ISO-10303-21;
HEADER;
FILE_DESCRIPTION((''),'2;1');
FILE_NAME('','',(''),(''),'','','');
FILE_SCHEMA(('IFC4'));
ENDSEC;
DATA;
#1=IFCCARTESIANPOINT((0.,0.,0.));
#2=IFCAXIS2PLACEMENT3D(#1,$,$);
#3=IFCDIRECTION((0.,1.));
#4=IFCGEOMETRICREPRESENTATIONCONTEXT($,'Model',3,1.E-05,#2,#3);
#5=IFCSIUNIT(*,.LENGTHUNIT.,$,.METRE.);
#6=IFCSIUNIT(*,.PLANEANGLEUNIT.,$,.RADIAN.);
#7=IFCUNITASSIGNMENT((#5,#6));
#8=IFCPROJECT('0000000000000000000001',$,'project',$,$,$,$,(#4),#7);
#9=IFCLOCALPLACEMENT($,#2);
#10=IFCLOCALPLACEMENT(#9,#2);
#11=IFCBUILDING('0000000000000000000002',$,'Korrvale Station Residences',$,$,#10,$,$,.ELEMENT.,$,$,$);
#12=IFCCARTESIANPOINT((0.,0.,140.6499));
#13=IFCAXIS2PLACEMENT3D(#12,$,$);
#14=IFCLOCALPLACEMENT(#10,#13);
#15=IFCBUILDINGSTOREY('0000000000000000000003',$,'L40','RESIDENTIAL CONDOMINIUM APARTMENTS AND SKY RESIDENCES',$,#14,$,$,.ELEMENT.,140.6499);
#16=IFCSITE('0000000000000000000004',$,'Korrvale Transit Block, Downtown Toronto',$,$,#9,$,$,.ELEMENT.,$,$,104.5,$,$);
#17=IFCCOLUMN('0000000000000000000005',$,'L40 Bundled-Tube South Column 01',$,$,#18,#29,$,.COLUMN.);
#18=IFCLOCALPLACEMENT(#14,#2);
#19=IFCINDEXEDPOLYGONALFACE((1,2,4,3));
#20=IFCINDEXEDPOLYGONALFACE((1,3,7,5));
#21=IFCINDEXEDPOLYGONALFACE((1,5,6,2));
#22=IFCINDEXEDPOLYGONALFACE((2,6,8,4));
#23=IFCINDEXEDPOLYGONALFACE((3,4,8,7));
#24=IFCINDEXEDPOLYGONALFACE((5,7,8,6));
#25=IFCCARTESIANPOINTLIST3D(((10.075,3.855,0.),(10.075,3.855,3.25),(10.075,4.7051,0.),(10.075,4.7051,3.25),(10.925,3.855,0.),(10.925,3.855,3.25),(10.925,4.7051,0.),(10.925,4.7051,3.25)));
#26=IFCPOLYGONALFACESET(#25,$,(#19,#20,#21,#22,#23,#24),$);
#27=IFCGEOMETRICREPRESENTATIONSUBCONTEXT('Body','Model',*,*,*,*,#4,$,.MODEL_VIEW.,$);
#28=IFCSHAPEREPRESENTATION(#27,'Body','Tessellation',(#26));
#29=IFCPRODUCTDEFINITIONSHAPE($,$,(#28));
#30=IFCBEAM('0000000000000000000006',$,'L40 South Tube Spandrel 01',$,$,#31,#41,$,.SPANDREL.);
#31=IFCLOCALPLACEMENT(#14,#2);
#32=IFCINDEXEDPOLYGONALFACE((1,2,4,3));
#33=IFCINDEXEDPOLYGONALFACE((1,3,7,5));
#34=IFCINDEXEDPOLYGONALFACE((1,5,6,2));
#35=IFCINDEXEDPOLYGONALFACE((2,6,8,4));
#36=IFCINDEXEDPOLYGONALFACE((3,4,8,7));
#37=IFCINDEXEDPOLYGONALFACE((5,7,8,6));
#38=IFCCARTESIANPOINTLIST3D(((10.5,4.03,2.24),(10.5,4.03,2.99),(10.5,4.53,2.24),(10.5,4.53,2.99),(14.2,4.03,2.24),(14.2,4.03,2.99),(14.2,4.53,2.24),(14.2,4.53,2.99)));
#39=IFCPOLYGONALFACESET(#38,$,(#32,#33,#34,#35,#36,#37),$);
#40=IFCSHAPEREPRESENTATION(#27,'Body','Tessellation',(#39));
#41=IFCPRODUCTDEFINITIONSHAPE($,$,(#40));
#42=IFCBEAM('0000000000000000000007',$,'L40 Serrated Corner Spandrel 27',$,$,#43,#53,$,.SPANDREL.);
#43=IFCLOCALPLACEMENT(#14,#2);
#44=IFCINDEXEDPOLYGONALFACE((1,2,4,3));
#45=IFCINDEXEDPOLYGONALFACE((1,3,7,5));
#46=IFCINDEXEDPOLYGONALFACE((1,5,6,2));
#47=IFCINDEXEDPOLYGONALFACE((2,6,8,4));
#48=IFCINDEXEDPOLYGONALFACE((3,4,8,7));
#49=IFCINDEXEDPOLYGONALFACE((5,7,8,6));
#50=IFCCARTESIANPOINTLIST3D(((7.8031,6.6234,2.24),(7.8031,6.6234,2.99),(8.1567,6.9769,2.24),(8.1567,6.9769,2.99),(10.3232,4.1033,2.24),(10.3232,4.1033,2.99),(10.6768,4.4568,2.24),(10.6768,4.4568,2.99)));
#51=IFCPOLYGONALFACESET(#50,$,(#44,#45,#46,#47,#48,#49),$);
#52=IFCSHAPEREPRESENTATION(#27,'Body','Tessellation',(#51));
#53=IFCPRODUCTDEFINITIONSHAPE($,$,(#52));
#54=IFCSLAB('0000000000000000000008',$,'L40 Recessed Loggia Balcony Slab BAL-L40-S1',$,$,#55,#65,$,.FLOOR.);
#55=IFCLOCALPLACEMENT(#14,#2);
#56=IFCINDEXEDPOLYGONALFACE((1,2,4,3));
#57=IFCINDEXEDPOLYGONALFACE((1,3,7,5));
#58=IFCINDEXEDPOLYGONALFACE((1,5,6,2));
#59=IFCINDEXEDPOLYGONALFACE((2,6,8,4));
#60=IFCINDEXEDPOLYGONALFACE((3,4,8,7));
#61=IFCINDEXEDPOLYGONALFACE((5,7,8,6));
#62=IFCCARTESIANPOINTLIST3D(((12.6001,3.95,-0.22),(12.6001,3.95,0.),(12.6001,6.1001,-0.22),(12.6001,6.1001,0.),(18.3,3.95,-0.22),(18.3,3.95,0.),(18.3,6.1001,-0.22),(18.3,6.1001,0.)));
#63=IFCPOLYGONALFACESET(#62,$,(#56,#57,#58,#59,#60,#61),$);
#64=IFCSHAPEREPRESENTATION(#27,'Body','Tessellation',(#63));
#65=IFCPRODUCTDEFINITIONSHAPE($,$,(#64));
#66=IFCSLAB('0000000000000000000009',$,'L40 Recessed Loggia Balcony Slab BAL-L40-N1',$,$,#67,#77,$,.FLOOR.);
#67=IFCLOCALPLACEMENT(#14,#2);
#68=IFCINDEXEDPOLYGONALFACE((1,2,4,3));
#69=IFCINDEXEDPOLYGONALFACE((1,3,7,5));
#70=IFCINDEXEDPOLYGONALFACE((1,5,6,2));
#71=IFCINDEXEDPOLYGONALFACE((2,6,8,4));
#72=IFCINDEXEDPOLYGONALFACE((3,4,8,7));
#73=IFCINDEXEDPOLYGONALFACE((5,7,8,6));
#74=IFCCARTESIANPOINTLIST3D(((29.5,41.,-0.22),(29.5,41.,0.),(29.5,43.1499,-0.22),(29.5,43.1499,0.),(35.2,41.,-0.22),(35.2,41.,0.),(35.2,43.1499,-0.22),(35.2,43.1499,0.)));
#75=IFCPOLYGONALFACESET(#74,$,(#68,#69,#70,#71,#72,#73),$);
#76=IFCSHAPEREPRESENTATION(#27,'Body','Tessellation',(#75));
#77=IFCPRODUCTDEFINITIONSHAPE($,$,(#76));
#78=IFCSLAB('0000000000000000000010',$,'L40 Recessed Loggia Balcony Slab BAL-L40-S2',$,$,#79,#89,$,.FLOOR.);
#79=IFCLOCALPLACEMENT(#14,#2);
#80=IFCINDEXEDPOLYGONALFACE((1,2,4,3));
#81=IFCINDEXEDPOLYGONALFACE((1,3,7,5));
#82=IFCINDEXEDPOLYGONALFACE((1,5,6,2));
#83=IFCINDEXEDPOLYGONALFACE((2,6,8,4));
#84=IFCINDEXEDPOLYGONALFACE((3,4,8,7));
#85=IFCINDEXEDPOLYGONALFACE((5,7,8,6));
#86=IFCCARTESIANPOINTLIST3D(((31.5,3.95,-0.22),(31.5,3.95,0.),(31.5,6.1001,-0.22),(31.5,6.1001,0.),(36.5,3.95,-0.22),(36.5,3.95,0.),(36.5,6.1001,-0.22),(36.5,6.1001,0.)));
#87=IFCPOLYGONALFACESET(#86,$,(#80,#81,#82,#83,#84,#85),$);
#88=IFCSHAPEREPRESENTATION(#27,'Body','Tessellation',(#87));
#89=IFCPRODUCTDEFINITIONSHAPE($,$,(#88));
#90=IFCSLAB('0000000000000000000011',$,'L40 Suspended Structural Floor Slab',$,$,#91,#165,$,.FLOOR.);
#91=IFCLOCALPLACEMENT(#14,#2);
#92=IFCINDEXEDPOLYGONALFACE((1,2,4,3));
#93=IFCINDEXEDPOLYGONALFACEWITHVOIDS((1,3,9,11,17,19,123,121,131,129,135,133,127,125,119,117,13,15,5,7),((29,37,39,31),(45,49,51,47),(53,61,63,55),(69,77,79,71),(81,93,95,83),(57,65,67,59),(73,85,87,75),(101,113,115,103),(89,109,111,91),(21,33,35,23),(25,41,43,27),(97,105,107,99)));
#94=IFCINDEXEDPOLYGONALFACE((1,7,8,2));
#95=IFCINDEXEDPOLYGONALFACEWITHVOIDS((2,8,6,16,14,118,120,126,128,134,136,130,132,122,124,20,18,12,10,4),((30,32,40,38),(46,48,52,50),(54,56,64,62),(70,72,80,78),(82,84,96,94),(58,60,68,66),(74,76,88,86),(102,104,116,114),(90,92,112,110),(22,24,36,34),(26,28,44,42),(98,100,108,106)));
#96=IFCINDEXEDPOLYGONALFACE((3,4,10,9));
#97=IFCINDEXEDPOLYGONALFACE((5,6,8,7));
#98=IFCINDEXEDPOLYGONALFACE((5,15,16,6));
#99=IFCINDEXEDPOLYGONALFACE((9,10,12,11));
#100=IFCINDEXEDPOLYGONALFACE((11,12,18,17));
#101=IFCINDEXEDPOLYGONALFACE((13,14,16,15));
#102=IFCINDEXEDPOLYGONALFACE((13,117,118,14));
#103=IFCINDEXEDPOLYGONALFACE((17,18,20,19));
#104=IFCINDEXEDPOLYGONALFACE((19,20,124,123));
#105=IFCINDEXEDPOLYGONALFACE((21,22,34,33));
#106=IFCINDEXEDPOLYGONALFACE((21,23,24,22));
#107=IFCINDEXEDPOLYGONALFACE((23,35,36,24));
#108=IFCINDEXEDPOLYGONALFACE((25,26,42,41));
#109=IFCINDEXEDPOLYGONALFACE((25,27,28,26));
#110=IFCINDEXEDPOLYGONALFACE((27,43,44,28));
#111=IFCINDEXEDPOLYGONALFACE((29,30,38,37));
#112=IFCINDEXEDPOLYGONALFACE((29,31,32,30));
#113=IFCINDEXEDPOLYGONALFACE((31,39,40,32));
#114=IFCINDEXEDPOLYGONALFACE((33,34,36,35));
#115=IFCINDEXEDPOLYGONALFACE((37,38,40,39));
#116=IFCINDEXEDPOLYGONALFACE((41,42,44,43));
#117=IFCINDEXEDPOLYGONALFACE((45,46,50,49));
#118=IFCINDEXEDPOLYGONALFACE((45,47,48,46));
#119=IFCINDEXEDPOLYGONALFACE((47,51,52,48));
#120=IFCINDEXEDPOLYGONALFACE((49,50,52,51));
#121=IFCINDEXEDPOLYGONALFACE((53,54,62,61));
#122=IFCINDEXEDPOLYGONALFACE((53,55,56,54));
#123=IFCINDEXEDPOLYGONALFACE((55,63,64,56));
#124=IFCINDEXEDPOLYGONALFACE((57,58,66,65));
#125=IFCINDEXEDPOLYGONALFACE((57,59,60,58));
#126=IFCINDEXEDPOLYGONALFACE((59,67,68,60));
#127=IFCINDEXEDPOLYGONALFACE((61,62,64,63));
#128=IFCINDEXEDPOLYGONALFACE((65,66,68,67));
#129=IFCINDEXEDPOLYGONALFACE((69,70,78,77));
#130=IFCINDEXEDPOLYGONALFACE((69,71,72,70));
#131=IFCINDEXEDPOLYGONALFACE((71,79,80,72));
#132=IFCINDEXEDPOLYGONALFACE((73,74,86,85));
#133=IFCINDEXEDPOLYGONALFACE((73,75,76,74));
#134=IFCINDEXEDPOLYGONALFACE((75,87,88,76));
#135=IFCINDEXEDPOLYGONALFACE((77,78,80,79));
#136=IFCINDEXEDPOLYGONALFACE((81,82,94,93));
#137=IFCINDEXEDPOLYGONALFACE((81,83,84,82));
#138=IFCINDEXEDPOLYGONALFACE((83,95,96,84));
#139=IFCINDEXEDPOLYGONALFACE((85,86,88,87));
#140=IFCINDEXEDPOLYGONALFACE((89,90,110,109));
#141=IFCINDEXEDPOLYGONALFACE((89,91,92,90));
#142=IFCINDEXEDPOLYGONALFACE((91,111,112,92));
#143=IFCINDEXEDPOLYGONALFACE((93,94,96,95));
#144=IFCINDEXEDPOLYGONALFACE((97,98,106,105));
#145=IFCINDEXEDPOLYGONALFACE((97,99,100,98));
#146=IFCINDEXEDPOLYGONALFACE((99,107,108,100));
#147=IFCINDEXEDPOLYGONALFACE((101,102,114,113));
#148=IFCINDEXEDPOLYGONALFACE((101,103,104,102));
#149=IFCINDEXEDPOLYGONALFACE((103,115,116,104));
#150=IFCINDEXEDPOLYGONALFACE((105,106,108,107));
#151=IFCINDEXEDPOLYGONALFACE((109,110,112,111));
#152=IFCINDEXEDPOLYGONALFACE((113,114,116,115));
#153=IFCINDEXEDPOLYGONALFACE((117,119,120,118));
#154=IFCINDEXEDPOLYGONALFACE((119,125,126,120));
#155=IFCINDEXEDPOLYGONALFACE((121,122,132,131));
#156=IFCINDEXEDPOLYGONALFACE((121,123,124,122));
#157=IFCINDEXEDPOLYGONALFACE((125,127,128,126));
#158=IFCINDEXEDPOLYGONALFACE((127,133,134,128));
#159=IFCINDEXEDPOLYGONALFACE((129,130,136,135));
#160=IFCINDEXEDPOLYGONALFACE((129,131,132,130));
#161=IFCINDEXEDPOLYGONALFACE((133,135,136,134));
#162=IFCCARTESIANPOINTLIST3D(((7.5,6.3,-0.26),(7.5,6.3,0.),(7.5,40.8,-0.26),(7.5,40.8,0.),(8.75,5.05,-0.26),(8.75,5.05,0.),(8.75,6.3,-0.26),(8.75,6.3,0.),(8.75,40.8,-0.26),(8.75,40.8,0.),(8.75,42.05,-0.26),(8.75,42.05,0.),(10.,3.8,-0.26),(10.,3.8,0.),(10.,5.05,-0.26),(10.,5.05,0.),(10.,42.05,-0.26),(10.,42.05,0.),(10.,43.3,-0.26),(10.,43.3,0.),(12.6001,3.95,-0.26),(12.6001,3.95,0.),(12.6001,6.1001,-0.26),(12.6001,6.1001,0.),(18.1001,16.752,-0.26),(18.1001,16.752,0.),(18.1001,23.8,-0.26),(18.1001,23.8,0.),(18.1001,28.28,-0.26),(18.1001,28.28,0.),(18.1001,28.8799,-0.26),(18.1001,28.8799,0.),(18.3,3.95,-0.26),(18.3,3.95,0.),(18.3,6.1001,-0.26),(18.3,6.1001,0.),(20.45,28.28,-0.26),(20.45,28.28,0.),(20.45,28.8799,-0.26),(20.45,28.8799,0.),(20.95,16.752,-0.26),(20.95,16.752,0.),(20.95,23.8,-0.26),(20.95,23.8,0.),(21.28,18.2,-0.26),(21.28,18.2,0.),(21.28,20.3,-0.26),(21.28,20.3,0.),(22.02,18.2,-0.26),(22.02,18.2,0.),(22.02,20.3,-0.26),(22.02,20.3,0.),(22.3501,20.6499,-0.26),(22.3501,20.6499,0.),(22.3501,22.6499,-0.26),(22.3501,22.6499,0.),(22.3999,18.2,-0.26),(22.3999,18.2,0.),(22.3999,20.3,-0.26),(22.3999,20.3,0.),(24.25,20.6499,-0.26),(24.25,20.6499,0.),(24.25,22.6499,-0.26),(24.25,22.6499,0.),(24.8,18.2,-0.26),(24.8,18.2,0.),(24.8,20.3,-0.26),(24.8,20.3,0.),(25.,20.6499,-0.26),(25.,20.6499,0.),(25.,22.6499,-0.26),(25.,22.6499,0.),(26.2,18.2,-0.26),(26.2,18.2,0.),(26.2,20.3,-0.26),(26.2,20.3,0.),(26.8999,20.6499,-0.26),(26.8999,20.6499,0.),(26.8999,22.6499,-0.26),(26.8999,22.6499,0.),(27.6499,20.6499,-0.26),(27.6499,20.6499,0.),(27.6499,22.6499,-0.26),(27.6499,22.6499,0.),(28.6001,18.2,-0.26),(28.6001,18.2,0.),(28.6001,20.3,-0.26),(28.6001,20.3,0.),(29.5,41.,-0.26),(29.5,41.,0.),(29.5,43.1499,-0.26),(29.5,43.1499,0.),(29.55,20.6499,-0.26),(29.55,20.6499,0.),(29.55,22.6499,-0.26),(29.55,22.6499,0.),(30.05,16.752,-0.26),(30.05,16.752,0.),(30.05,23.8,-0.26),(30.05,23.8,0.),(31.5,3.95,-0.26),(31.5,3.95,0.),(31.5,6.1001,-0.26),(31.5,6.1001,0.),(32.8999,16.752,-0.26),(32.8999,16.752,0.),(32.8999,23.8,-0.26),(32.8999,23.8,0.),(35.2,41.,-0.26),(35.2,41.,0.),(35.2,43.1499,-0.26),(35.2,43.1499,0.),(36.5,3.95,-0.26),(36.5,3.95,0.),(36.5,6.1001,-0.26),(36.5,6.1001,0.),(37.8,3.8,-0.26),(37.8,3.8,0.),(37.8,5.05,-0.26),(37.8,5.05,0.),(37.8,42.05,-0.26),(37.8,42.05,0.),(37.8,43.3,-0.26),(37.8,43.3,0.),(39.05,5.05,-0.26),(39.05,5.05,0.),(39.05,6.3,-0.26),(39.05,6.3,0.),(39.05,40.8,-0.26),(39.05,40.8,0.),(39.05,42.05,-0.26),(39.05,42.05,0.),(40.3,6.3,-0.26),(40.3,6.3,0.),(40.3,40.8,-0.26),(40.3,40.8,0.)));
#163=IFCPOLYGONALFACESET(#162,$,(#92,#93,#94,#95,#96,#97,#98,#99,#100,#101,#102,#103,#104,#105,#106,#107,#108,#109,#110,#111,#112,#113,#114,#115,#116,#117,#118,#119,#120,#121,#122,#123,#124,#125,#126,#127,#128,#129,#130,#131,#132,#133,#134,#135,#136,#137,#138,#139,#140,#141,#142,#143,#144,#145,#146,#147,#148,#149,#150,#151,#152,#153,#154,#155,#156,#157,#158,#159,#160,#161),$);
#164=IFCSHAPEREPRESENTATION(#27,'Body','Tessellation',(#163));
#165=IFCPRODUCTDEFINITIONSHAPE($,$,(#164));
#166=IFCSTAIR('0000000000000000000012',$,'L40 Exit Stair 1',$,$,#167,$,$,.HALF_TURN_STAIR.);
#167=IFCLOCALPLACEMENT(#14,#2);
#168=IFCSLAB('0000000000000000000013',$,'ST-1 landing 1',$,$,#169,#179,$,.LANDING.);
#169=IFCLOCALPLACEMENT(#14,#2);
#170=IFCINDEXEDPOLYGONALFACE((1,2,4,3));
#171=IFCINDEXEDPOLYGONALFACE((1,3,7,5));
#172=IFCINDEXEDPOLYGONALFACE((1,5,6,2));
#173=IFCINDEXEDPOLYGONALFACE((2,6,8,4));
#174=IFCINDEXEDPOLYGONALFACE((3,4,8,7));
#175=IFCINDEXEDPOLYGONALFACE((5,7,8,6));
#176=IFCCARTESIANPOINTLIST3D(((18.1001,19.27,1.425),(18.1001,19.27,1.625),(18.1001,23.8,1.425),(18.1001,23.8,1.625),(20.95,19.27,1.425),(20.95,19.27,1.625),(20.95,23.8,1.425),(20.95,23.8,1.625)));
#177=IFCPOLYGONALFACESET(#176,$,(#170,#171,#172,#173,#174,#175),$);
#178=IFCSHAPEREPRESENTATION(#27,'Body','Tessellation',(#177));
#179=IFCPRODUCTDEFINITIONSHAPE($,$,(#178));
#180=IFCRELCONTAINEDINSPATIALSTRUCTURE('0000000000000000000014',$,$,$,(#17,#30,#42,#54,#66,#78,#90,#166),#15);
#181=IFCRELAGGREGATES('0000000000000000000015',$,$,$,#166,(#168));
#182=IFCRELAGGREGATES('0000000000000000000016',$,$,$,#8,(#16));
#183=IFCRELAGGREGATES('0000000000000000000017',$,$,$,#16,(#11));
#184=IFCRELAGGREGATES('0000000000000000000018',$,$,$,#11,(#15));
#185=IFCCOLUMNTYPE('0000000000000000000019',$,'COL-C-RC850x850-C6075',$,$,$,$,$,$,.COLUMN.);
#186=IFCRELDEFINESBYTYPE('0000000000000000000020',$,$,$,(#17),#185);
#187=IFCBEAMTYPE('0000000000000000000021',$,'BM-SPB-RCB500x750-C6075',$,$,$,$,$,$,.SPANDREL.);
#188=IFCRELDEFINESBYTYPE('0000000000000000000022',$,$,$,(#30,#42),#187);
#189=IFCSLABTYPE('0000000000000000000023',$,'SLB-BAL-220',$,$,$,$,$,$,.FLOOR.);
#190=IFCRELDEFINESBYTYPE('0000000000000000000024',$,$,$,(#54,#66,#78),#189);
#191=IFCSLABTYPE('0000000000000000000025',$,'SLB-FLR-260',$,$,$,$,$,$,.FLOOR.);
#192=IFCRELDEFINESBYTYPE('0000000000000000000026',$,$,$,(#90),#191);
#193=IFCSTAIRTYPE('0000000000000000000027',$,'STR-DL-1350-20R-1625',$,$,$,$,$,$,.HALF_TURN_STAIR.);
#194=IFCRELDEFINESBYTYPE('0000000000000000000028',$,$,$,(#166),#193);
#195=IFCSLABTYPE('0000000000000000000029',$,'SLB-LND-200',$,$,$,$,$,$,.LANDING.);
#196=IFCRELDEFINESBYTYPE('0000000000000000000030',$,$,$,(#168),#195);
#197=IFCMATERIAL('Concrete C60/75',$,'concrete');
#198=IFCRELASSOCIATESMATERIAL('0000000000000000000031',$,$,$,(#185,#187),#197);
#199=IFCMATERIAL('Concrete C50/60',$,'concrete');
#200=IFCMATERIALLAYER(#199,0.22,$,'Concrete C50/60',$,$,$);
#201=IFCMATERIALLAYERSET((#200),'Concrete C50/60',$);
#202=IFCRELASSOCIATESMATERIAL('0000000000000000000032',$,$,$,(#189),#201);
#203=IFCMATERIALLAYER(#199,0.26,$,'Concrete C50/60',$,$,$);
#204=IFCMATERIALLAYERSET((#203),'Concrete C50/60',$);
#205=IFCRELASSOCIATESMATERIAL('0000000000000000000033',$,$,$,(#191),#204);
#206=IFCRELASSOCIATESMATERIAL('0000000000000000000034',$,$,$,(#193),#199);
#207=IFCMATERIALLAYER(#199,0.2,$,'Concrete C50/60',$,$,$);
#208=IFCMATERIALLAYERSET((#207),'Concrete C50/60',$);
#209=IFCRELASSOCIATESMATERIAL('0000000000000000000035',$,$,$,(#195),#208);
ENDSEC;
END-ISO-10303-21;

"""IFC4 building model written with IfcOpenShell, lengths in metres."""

from ifc_helpers import new_model, si_unit, direction, frame, origin, origin_2d, place, context, subcontext, project, spatial, polyline, rectangle, outline, extrude, material, layer, layer_set, material_profile, profile_set, type_object, element, aggregate, save


model = new_model("IFC4")

# Units and contexts
model_context = context("Model", 3, precision=1e-05, world=origin(), true_north=direction((0.0, 1.0)))
body_context = subcontext(model_context, "Body", "Model", "MODEL_VIEW")
ifc_project = project(units=[si_unit("LENGTHUNIT", "METRE"), si_unit("PLANEANGLEUNIT", "RADIAN")], contexts=[model_context])

# Site, building, storey
site_placement = place(None, origin())
site = spatial("IfcSite", under=ifc_project, at=site_placement, Name="Korrvale Transit Block, Downtown Toronto", CompositionType="ELEMENT", RefElevation=104.5)
building_placement = place(site_placement, origin())
building = spatial("IfcBuilding", under=site, at=building_placement, Name="Korrvale Station Residences", CompositionType="ELEMENT")
storey_placement = place(building_placement, frame((0.0, 0.0, 140.6499)))
storey = spatial("IfcBuildingStorey", under=building, at=storey_placement, Name="L40", Description="RESIDENTIAL CONDOMINIUM APARTMENTS AND SKY RESIDENCES", CompositionType="ELEMENT", Elevation=140.6499)

# Column
ifc_material_1 = material(Name="Concrete C60/75", Category="concrete")
ifc_material_profile_1 = material_profile(ifc_material_1, rectangle(XDim=0.8501, YDim=0.8501, at=origin_2d()), Name="RC850x850")
ifc_profile_set_1 = profile_set([ifc_material_profile_1], Name="Concrete C60/75")
column_type = type_object("IfcColumnType", Name="COL-C-RC850x850-C6075", PredefinedType="COLUMN", material=ifc_profile_set_1)
column_placement = place(storey_placement, frame((10.5, 4.28, 0.0), z_axis=(0.0, 0.0, 1.0), x_axis=(1.0, 0.0, 0.0)))
element("IfcColumn", 1, at=column_placement, inside=storey, type_object=column_type, Name="L40 Bundled-Tube South Column 01", PredefinedType="COLUMN", context=body_context, shape_type="SweptSolid", body=[
    extrude(rectangle(XDim=0.8501, YDim=0.8501, at=origin_2d()), origin(), (0.0, 0.0, 1.0), 3.25),
])

# Beams
ifc_material_profile_2 = material_profile(ifc_material_1, rectangle(XDim=0.5, YDim=0.75, at=origin_2d()), Name="RCB500x750")
ifc_profile_set_2 = profile_set([ifc_material_profile_2], Name="Concrete C60/75")
beam_type = type_object("IfcBeamType", Name="BM-SPB-RCB500x750-C6075", PredefinedType="SPANDREL", material=ifc_profile_set_2)
beam_1_placement = place(storey_placement, frame((10.5, 4.28, 2.615), z_axis=(1.0, 0.0, 0.0), x_axis=(0.0, 1.0, 0.0)))
element("IfcBeam", 2, at=beam_1_placement, inside=storey, type_object=beam_type, Name="L40 South Tube Spandrel 01", PredefinedType="SPANDREL", context=body_context, shape_type="SweptSolid", body=[
    extrude(rectangle(XDim=0.5, YDim=0.75, at=origin_2d()), origin(), (0.0, 0.0, 1.0), 3.7),
])
beam_2_placement = place(storey_placement, frame((10.5, 4.28, 2.615), z_axis=(-0.707107, 0.707107, 0.0), x_axis=(-0.707107, -0.707107, 0.0)))
element("IfcBeam", 3, at=beam_2_placement, inside=storey, type_object=beam_type, Name="L40 Serrated Corner Spandrel 27", PredefinedType="SPANDREL", context=body_context, shape_type="SweptSolid", body=[
    extrude(rectangle(XDim=0.5, YDim=0.75, at=origin_2d()), origin(), (0.0, 0.0, 1.0), 3.564),
])

# Slabs
ifc_material_2 = material(Name="Concrete C50/60", Category="concrete")
ifc_layer_1 = layer(ifc_material_2, 0.22, Name="Concrete C50/60")
ifc_layer_set_1 = layer_set([ifc_layer_1], Name="Concrete C50/60")
slab_type_1 = type_object("IfcSlabType", Name="SLB-BAL-220", PredefinedType="FLOOR", material=ifc_layer_set_1)
slab_1_placement = place(storey_placement, frame((0.0, 0.0, -0.22)))
element("IfcSlab", 4, at=slab_1_placement, inside=storey, type_object=slab_type_1, Name="L40 Recessed Loggia Balcony Slab BAL-L40-S1", PredefinedType="FLOOR", context=body_context, shape_type="SweptSolid", body=[
    extrude(outline(polyline([(12.6001, 3.95), (18.3, 3.95), (18.3, 6.1001), (12.6001, 6.1001), (12.6001, 3.95)])), origin(), (0.0, 0.0, 1.0), 0.22),
])
slab_2_placement = place(storey_placement, frame((0.0, 0.0, -0.22)))
element("IfcSlab", 5, at=slab_2_placement, inside=storey, type_object=slab_type_1, Name="L40 Recessed Loggia Balcony Slab BAL-L40-N1", PredefinedType="FLOOR", context=body_context, shape_type="SweptSolid", body=[
    extrude(outline(polyline([(29.5, 41.0), (35.2, 41.0), (35.2, 43.1499), (29.5, 43.1499), (29.5, 41.0)])), origin(), (0.0, 0.0, 1.0), 0.22),
])
slab_3_placement = place(storey_placement, frame((0.0, 0.0, -0.22)))
element("IfcSlab", 6, at=slab_3_placement, inside=storey, type_object=slab_type_1, Name="L40 Recessed Loggia Balcony Slab BAL-L40-S2", PredefinedType="FLOOR", context=body_context, shape_type="SweptSolid", body=[
    extrude(outline(polyline([(31.5, 3.95), (36.5, 3.95), (36.5, 6.1001), (31.5, 6.1001), (31.5, 3.95)])), origin(), (0.0, 0.0, 1.0), 0.22),
])
ifc_layer_2 = layer(ifc_material_2, 0.26, Name="Concrete C50/60")
ifc_layer_set_2 = layer_set([ifc_layer_2], Name="Concrete C50/60")
slab_type_2 = type_object("IfcSlabType", Name="SLB-FLR-260", PredefinedType="FLOOR", material=ifc_layer_set_2)
slab_4_placement = place(storey_placement, frame((0.0, 0.0, -0.26)))
element("IfcSlab", 7, at=slab_4_placement, inside=storey, type_object=slab_type_2, Name="L40 Suspended Structural Floor Slab", PredefinedType="FLOOR", context=body_context, shape_type="SweptSolid", body=[
    extrude(outline(polyline([(10.0, 3.8), (37.8, 3.8), (37.8, 5.05), (39.05, 5.05), (39.05, 6.3), (40.3, 6.3), (40.3, 40.8), (39.05, 40.8), (39.05, 42.05), (37.8, 42.05), (37.8, 43.3), (10.0, 43.3), (10.0, 42.05), (8.75, 42.05), (8.75, 40.8), (7.5, 40.8), (7.5, 6.3), (8.75, 6.3), (8.75, 5.05), (10.0, 5.05), (10.0, 3.8)]), holes=[polyline([(20.95, 16.752), (20.95, 23.8), (18.1001, 23.8), (18.1001, 16.752), (20.95, 16.752)]), polyline([(32.8999, 16.752), (32.8999, 23.8), (30.05, 23.8), (30.05, 16.752), (32.8999, 16.752)]), polyline([(22.3501, 20.6499), (24.25, 20.6499), (24.25, 22.6499), (22.3501, 22.6499), (22.3501, 20.6499)]), polyline([(25.0, 20.6499), (26.8999, 20.6499), (26.8999, 22.6499), (25.0, 22.6499), (25.0, 20.6499)]), polyline([(27.6499, 20.6499), (29.55, 20.6499), (29.55, 22.6499), (27.6499, 22.6499), (27.6499, 20.6499)]), polyline([(22.3999, 18.2), (24.8, 18.2), (24.8, 20.3), (22.3999, 20.3), (22.3999, 18.2)]), polyline([(26.2, 18.2), (28.6001, 18.2), (28.6001, 20.3), (26.2, 20.3), (26.2, 18.2)]), polyline([(18.1001, 28.28), (20.45, 28.28), (20.45, 28.8799), (18.1001, 28.8799), (18.1001, 28.28)]), polyline([(21.28, 18.2), (22.02, 18.2), (22.02, 20.3), (21.28, 20.3), (21.28, 18.2)]), polyline([(12.6001, 3.95), (18.3, 3.95), (18.3, 6.1001), (12.6001, 6.1001), (12.6001, 3.95)]), polyline([(29.5, 41.0), (35.2, 41.0), (35.2, 43.1499), (29.5, 43.1499), (29.5, 41.0)]), polyline([(31.5, 3.95), (36.5, 3.95), (36.5, 6.1001), (31.5, 6.1001), (31.5, 3.95)])]), origin(), (0.0, 0.0, 1.0), 0.26),
])

# Stair, slab
stair_type = type_object("IfcStairType", Name="STR-DL-1350-20R-1625", PredefinedType="HALF_TURN_STAIR", material=ifc_material_2)
stair_1_placement = place(storey_placement, origin())
stair_1 = element("IfcStair", 8, at=stair_1_placement, inside=storey, type_object=stair_type, Name="L40 Exit Stair 1", PredefinedType="HALF_TURN_STAIR")
ifc_layer_3 = layer(ifc_material_2, 0.2, Name="Concrete C50/60")
ifc_layer_set_3 = layer_set([ifc_layer_3], Name="Concrete C50/60")
slab_type_3 = type_object("IfcSlabType", Name="SLB-LND-200", PredefinedType="LANDING", material=ifc_layer_set_3)
slab_5_placement = place(storey_placement, frame((0.0, 0.0, 1.425)))
slab_5 = element("IfcSlab", 9, at=slab_5_placement, type_object=slab_type_3, Name="ST-1 landing 1", PredefinedType="LANDING", context=body_context, shape_type="SweptSolid", body=[
    extrude(outline(polyline([(20.95, 19.27), (20.95, 23.8), (18.1001, 23.8), (18.1001, 19.27), (20.95, 19.27)])), origin(), (0.0, 0.0, 1.0), 0.2),
])
aggregate(stair_1, [slab_5])

save(model, "model.ifc")
